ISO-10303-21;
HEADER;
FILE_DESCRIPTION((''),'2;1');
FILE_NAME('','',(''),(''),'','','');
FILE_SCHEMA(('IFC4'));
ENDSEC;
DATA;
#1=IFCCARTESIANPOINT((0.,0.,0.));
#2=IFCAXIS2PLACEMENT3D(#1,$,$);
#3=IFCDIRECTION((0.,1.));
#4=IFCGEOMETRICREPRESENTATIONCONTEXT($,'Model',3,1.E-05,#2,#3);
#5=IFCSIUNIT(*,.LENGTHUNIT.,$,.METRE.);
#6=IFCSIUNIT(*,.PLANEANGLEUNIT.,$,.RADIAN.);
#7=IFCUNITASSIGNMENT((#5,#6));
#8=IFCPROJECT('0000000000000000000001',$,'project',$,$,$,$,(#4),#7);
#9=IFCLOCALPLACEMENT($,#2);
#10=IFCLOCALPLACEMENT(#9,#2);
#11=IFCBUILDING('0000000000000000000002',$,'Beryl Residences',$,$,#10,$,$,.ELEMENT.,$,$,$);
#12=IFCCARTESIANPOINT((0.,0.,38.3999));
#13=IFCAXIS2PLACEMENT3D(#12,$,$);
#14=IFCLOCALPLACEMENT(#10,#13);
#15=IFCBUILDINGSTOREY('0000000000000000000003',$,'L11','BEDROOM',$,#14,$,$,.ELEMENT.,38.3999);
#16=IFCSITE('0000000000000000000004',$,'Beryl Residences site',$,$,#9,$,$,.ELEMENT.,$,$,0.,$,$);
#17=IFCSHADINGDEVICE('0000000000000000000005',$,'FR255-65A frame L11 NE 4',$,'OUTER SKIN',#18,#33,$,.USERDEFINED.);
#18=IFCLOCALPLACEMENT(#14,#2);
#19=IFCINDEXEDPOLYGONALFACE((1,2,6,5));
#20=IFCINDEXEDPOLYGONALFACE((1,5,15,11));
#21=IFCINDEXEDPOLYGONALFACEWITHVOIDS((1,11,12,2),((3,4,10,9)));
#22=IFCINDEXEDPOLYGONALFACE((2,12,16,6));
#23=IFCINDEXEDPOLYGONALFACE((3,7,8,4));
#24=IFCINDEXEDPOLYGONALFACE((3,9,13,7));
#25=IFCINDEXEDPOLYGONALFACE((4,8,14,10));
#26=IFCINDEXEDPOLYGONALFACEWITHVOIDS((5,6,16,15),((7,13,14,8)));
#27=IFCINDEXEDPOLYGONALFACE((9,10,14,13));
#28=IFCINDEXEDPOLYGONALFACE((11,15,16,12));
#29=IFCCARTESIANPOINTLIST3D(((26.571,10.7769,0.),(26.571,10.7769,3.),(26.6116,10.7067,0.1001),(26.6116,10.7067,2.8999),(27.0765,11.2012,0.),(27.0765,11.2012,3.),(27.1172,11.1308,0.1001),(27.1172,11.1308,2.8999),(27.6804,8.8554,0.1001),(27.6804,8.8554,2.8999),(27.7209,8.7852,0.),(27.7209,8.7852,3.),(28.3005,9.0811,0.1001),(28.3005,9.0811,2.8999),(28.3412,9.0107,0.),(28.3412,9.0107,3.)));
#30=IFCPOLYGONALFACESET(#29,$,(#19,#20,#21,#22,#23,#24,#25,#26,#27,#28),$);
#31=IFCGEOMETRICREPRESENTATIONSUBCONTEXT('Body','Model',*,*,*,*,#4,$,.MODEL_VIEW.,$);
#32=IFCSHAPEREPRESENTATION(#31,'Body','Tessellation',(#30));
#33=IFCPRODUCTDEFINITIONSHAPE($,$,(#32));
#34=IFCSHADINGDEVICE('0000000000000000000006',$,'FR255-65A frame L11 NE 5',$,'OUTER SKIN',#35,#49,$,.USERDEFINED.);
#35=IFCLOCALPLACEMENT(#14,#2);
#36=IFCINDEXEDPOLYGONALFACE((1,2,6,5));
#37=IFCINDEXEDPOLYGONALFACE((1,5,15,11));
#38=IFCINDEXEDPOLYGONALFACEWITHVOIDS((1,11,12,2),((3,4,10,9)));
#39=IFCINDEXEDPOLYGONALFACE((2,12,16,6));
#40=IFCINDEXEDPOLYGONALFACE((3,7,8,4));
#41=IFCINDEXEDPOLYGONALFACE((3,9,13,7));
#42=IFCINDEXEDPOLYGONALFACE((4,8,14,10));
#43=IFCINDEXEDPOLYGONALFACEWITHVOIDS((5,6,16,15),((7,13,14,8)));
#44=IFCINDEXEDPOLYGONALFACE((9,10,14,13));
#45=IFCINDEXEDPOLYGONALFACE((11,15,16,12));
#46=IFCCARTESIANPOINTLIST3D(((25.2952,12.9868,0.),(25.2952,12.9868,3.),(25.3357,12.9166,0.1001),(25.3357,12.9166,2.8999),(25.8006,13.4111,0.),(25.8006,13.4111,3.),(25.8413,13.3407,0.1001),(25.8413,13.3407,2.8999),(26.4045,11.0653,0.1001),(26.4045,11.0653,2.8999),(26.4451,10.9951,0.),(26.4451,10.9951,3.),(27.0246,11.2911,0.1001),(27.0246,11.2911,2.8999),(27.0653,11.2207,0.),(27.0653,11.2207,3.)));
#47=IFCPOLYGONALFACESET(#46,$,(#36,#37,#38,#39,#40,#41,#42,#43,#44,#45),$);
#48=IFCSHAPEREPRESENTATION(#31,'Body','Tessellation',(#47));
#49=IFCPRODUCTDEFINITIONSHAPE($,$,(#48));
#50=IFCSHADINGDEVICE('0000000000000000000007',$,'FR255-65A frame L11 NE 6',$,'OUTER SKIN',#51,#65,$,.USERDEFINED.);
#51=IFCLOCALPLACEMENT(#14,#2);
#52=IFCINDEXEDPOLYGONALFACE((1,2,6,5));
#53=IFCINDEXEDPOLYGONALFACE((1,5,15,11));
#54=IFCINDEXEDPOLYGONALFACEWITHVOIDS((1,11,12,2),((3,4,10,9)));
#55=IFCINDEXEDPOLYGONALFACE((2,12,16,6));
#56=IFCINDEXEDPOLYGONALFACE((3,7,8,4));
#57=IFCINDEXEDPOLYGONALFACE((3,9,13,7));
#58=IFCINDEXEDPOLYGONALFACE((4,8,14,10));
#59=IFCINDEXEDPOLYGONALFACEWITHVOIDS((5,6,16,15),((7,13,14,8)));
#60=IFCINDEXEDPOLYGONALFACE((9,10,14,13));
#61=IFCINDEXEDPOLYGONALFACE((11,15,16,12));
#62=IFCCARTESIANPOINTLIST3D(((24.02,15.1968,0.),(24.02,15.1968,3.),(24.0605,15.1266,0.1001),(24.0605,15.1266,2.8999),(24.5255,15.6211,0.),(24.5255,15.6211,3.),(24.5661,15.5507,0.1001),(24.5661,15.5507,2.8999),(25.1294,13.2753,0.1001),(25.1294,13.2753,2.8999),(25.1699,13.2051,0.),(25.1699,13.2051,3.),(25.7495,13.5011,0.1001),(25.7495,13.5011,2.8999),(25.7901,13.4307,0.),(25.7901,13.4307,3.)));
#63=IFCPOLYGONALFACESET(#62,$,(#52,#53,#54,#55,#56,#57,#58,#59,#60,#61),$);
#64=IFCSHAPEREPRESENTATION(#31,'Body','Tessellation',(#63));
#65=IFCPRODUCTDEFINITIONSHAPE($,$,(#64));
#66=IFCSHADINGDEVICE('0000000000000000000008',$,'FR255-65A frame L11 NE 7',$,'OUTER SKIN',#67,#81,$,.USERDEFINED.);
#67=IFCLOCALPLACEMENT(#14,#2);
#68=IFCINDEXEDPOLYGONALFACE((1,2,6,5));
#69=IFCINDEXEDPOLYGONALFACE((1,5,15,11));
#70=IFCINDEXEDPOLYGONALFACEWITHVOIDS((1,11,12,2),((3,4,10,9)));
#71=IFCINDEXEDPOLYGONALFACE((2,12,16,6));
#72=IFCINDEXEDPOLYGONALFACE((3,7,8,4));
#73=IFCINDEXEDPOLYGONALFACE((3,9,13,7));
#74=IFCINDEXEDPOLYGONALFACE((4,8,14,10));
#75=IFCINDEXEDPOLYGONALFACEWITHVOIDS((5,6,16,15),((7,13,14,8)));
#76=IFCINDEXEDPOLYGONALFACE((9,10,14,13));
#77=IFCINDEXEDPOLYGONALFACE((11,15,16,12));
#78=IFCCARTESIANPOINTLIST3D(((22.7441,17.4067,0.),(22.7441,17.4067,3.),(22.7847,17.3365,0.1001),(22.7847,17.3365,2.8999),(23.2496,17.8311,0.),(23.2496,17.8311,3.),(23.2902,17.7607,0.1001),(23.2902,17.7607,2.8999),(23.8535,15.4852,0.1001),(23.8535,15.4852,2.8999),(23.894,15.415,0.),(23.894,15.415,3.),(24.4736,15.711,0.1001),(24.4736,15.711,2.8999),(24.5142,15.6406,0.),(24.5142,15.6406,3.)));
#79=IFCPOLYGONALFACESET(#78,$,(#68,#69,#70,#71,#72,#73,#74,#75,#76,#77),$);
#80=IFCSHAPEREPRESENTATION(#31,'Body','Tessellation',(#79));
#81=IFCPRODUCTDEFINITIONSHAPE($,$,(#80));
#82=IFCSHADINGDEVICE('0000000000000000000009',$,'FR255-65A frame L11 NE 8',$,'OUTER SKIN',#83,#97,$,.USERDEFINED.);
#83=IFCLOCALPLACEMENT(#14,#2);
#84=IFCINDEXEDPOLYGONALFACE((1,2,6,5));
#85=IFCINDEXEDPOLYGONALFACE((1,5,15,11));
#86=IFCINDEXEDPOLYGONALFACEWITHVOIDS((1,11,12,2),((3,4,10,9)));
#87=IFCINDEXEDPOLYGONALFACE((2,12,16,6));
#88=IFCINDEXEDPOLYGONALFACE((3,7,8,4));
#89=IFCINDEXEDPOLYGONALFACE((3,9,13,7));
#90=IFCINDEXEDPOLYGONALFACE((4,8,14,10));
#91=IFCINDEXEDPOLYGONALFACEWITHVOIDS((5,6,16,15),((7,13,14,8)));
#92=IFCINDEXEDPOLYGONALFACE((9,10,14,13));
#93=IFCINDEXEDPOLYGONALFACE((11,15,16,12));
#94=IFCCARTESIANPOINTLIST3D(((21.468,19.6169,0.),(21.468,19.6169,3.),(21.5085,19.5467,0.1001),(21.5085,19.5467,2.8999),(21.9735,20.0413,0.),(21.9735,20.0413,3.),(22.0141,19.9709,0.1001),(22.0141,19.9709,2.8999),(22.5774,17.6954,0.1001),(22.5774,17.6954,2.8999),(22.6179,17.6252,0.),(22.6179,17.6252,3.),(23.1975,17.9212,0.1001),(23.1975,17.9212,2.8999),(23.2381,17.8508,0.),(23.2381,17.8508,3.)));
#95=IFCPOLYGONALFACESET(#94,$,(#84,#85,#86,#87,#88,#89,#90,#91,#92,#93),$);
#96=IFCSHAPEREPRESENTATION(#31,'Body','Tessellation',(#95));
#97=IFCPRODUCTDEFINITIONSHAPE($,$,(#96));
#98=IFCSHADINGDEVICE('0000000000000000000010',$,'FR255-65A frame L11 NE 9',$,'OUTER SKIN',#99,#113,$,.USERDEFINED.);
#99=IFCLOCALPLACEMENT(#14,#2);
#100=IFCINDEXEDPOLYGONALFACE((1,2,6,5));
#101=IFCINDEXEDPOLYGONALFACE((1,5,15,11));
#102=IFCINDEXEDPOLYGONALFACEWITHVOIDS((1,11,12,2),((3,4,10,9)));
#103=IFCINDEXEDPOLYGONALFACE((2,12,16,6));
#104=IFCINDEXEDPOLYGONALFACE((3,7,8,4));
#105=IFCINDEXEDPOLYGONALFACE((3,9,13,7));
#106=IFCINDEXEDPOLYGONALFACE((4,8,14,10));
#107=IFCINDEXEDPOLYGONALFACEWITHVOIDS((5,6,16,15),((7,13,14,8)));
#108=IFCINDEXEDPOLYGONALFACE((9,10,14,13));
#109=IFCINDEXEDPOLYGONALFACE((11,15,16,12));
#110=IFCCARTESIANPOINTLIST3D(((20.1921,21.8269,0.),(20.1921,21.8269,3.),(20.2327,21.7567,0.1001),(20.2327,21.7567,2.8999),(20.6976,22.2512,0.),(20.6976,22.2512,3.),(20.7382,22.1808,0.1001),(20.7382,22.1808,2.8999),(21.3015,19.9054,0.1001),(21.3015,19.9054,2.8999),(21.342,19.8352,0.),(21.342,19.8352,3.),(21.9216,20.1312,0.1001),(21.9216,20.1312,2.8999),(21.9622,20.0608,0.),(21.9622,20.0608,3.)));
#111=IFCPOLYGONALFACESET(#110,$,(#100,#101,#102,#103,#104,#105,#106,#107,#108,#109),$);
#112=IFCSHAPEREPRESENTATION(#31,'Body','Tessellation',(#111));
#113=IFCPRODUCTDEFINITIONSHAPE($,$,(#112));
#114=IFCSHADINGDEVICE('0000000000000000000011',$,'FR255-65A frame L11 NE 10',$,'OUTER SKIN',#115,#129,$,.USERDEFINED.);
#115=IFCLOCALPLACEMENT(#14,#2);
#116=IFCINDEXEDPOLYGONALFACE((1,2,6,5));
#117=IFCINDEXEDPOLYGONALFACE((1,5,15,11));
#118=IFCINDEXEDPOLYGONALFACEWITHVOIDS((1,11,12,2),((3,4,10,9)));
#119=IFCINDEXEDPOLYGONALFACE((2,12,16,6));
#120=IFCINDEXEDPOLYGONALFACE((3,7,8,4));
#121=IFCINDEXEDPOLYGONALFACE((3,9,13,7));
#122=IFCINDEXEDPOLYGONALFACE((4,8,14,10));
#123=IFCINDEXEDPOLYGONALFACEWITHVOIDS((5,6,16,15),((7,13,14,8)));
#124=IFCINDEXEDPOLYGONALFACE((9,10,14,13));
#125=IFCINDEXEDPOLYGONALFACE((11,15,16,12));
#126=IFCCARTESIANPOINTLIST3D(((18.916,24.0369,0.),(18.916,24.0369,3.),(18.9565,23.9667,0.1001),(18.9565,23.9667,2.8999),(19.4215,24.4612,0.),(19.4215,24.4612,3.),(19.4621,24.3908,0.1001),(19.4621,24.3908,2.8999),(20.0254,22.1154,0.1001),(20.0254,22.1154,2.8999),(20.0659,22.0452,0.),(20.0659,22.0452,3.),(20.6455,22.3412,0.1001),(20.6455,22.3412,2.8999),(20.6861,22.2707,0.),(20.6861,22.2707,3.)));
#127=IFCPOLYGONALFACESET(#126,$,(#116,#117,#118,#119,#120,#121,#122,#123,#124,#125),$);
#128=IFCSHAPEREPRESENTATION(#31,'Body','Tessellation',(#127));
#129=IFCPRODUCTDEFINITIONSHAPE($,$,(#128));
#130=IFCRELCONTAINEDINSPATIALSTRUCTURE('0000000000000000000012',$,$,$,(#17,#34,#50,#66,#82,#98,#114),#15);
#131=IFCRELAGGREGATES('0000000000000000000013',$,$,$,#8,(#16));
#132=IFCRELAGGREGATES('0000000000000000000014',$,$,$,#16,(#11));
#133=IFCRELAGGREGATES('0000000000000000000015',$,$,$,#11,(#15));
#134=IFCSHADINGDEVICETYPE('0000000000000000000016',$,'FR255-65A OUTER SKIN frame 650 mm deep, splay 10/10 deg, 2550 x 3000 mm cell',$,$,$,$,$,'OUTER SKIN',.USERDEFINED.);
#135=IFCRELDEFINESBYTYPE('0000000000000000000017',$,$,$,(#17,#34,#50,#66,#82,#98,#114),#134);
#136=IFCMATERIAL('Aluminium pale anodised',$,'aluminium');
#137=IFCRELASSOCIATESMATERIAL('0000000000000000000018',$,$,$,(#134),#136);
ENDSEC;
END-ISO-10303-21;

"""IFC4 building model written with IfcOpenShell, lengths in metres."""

from ifc_helpers import new_model, entity, si_unit, direction, frame, origin, place, context, subcontext, project, spatial, source, transform, mapped, material, type_object, type_shapes, element, save


model = new_model("IFC4")

# Units and contexts
model_context = context("Model", 3, precision=1e-05, world=origin(), true_north=direction((0.0, 1.0)))
body_context = subcontext(model_context, "Body", "Model", "MODEL_VIEW")
ifc_project = project(units=[si_unit("LENGTHUNIT", "METRE"), si_unit("PLANEANGLEUNIT", "RADIAN")], contexts=[model_context])

# Site, building, storey
site_placement = place(None, origin())
site = spatial("IfcSite", under=ifc_project, at=site_placement, Name="Beryl Residences site", CompositionType="ELEMENT", RefElevation=0.0)
building_placement = place(site_placement, origin())
building = spatial("IfcBuilding", under=site, at=building_placement, Name="Beryl Residences", CompositionType="ELEMENT")
storey_placement = place(building_placement, frame((0.0, 0.0, 38.3999)))
storey = spatial("IfcBuildingStorey", under=building, at=storey_placement, Name="L11", Description="BEDROOM", CompositionType="ELEMENT", Elevation=38.3999)

# Shading devices
ifc_material_1 = material(Name="Aluminium pale anodised", Category="aluminium")
shading_device_type_1 = type_object("IfcShadingDeviceType", Name="FR255-65A OUTER SKIN frame 650 mm deep, splay 10/10 deg, 2550 x 3000 mm cell", ElementType="OUTER SKIN", PredefinedType="USERDEFINED", material=ifc_material_1)
cartesian_point_1 = entity("IfcCartesianPoint", [-1.1499, 0.0])
cartesian_point_2 = entity("IfcCartesianPoint", [-1.0688, 0.1001])
cartesian_point_3 = entity("IfcCartesianPoint", [-1.2646, 0.0])
cartesian_point_4 = entity("IfcCartesianPoint", [-1.1833, 0.1001])
shared_shape_1 = source(origin(), body_context, "Body", "SweptSolid", [
    entity("IfcExtrudedAreaSolidTapered", entity("IfcArbitraryProfileDefWithVoids", "AREA", None, entity("IfcPolyline", [cartesian_point_1, entity("IfcCartesianPoint", [1.1499, 0.0]), entity("IfcCartesianPoint", [1.1499, 3.0]), entity("IfcCartesianPoint", [-1.1499, 3.0]), cartesian_point_1]), [entity("IfcPolyline", [cartesian_point_2, entity("IfcCartesianPoint", [1.0688, 0.1001]), entity("IfcCartesianPoint", [1.0688, 2.8999]), entity("IfcCartesianPoint", [-1.0688, 2.8999]), cartesian_point_2])]), entity("IfcAxis2Placement3D", entity("IfcCartesianPoint", [0.0, 0.0, 0.0]), entity("IfcDirection", [0.0, 1.0, 0.0]), entity("IfcDirection", [-1.0, 0.0, 0.0])), entity("IfcDirection", [0.0, 0.0, 1.0]), 0.6499, entity("IfcArbitraryProfileDefWithVoids", "AREA", None, entity("IfcPolyline", [cartesian_point_3, entity("IfcCartesianPoint", [1.2646, 0.0]), entity("IfcCartesianPoint", [1.2646, 3.0]), entity("IfcCartesianPoint", [-1.2646, 3.0]), cartesian_point_3]), [entity("IfcPolyline", [cartesian_point_4, entity("IfcCartesianPoint", [1.1833, 0.1001]), entity("IfcCartesianPoint", [1.1833, 2.8999]), entity("IfcCartesianPoint", [-1.1833, 2.8999]), cartesian_point_4])])),
])
type_shapes(shading_device_type_1, [shared_shape_1])
for number, where, z_axis, x_axis, name in (
    (1, (27.146, 9.781, 0.0), (0.0, 0.0, 1.0), (0.5, -0.866025, 0.0), "FR255-65A frame L11 NE 4"),
    (2, (25.8701, 11.991, 0.0), (0.0, 0.0, 1.0), (0.5, -0.866025, 0.0), "FR255-65A frame L11 NE 5"),
    (3, (24.595, 14.2009, 0.0), (0.0, 0.0, 1.0), (0.5, -0.866025, 0.0), "FR255-65A frame L11 NE 6"),
    (4, (23.3191, 16.4109, 0.0), (0.0, 0.0, 1.0), (0.5, -0.866025, 0.0), "FR255-65A frame L11 NE 7"),
    (5, (22.043, 18.6211, 0.0), (0.0, 0.0, 1.0), (0.5, -0.866025, 0.0), "FR255-65A frame L11 NE 8"),
    (6, (20.7671, 20.8311, 0.0), (0.0, 0.0, 1.0), (0.5, -0.866025, 0.0), "FR255-65A frame L11 NE 9"),
    (7, (19.491, 23.041, 0.0), (0.0, 0.0, 1.0), (0.5, -0.866025, 0.0), "FR255-65A frame L11 NE 10"),
):
    element("IfcShadingDevice", number, at=place(storey_placement, frame(where, z_axis=z_axis, x_axis=x_axis)), inside=storey, type_object=shading_device_type_1, Name=name, ObjectType="OUTER SKIN", PredefinedType="USERDEFINED", context=body_context, shape_type="MappedRepresentation", body=[
        mapped(shared_shape_1, transform((0.0, 0.0, 0.0))),
    ])

save(model, "model.ifc")
